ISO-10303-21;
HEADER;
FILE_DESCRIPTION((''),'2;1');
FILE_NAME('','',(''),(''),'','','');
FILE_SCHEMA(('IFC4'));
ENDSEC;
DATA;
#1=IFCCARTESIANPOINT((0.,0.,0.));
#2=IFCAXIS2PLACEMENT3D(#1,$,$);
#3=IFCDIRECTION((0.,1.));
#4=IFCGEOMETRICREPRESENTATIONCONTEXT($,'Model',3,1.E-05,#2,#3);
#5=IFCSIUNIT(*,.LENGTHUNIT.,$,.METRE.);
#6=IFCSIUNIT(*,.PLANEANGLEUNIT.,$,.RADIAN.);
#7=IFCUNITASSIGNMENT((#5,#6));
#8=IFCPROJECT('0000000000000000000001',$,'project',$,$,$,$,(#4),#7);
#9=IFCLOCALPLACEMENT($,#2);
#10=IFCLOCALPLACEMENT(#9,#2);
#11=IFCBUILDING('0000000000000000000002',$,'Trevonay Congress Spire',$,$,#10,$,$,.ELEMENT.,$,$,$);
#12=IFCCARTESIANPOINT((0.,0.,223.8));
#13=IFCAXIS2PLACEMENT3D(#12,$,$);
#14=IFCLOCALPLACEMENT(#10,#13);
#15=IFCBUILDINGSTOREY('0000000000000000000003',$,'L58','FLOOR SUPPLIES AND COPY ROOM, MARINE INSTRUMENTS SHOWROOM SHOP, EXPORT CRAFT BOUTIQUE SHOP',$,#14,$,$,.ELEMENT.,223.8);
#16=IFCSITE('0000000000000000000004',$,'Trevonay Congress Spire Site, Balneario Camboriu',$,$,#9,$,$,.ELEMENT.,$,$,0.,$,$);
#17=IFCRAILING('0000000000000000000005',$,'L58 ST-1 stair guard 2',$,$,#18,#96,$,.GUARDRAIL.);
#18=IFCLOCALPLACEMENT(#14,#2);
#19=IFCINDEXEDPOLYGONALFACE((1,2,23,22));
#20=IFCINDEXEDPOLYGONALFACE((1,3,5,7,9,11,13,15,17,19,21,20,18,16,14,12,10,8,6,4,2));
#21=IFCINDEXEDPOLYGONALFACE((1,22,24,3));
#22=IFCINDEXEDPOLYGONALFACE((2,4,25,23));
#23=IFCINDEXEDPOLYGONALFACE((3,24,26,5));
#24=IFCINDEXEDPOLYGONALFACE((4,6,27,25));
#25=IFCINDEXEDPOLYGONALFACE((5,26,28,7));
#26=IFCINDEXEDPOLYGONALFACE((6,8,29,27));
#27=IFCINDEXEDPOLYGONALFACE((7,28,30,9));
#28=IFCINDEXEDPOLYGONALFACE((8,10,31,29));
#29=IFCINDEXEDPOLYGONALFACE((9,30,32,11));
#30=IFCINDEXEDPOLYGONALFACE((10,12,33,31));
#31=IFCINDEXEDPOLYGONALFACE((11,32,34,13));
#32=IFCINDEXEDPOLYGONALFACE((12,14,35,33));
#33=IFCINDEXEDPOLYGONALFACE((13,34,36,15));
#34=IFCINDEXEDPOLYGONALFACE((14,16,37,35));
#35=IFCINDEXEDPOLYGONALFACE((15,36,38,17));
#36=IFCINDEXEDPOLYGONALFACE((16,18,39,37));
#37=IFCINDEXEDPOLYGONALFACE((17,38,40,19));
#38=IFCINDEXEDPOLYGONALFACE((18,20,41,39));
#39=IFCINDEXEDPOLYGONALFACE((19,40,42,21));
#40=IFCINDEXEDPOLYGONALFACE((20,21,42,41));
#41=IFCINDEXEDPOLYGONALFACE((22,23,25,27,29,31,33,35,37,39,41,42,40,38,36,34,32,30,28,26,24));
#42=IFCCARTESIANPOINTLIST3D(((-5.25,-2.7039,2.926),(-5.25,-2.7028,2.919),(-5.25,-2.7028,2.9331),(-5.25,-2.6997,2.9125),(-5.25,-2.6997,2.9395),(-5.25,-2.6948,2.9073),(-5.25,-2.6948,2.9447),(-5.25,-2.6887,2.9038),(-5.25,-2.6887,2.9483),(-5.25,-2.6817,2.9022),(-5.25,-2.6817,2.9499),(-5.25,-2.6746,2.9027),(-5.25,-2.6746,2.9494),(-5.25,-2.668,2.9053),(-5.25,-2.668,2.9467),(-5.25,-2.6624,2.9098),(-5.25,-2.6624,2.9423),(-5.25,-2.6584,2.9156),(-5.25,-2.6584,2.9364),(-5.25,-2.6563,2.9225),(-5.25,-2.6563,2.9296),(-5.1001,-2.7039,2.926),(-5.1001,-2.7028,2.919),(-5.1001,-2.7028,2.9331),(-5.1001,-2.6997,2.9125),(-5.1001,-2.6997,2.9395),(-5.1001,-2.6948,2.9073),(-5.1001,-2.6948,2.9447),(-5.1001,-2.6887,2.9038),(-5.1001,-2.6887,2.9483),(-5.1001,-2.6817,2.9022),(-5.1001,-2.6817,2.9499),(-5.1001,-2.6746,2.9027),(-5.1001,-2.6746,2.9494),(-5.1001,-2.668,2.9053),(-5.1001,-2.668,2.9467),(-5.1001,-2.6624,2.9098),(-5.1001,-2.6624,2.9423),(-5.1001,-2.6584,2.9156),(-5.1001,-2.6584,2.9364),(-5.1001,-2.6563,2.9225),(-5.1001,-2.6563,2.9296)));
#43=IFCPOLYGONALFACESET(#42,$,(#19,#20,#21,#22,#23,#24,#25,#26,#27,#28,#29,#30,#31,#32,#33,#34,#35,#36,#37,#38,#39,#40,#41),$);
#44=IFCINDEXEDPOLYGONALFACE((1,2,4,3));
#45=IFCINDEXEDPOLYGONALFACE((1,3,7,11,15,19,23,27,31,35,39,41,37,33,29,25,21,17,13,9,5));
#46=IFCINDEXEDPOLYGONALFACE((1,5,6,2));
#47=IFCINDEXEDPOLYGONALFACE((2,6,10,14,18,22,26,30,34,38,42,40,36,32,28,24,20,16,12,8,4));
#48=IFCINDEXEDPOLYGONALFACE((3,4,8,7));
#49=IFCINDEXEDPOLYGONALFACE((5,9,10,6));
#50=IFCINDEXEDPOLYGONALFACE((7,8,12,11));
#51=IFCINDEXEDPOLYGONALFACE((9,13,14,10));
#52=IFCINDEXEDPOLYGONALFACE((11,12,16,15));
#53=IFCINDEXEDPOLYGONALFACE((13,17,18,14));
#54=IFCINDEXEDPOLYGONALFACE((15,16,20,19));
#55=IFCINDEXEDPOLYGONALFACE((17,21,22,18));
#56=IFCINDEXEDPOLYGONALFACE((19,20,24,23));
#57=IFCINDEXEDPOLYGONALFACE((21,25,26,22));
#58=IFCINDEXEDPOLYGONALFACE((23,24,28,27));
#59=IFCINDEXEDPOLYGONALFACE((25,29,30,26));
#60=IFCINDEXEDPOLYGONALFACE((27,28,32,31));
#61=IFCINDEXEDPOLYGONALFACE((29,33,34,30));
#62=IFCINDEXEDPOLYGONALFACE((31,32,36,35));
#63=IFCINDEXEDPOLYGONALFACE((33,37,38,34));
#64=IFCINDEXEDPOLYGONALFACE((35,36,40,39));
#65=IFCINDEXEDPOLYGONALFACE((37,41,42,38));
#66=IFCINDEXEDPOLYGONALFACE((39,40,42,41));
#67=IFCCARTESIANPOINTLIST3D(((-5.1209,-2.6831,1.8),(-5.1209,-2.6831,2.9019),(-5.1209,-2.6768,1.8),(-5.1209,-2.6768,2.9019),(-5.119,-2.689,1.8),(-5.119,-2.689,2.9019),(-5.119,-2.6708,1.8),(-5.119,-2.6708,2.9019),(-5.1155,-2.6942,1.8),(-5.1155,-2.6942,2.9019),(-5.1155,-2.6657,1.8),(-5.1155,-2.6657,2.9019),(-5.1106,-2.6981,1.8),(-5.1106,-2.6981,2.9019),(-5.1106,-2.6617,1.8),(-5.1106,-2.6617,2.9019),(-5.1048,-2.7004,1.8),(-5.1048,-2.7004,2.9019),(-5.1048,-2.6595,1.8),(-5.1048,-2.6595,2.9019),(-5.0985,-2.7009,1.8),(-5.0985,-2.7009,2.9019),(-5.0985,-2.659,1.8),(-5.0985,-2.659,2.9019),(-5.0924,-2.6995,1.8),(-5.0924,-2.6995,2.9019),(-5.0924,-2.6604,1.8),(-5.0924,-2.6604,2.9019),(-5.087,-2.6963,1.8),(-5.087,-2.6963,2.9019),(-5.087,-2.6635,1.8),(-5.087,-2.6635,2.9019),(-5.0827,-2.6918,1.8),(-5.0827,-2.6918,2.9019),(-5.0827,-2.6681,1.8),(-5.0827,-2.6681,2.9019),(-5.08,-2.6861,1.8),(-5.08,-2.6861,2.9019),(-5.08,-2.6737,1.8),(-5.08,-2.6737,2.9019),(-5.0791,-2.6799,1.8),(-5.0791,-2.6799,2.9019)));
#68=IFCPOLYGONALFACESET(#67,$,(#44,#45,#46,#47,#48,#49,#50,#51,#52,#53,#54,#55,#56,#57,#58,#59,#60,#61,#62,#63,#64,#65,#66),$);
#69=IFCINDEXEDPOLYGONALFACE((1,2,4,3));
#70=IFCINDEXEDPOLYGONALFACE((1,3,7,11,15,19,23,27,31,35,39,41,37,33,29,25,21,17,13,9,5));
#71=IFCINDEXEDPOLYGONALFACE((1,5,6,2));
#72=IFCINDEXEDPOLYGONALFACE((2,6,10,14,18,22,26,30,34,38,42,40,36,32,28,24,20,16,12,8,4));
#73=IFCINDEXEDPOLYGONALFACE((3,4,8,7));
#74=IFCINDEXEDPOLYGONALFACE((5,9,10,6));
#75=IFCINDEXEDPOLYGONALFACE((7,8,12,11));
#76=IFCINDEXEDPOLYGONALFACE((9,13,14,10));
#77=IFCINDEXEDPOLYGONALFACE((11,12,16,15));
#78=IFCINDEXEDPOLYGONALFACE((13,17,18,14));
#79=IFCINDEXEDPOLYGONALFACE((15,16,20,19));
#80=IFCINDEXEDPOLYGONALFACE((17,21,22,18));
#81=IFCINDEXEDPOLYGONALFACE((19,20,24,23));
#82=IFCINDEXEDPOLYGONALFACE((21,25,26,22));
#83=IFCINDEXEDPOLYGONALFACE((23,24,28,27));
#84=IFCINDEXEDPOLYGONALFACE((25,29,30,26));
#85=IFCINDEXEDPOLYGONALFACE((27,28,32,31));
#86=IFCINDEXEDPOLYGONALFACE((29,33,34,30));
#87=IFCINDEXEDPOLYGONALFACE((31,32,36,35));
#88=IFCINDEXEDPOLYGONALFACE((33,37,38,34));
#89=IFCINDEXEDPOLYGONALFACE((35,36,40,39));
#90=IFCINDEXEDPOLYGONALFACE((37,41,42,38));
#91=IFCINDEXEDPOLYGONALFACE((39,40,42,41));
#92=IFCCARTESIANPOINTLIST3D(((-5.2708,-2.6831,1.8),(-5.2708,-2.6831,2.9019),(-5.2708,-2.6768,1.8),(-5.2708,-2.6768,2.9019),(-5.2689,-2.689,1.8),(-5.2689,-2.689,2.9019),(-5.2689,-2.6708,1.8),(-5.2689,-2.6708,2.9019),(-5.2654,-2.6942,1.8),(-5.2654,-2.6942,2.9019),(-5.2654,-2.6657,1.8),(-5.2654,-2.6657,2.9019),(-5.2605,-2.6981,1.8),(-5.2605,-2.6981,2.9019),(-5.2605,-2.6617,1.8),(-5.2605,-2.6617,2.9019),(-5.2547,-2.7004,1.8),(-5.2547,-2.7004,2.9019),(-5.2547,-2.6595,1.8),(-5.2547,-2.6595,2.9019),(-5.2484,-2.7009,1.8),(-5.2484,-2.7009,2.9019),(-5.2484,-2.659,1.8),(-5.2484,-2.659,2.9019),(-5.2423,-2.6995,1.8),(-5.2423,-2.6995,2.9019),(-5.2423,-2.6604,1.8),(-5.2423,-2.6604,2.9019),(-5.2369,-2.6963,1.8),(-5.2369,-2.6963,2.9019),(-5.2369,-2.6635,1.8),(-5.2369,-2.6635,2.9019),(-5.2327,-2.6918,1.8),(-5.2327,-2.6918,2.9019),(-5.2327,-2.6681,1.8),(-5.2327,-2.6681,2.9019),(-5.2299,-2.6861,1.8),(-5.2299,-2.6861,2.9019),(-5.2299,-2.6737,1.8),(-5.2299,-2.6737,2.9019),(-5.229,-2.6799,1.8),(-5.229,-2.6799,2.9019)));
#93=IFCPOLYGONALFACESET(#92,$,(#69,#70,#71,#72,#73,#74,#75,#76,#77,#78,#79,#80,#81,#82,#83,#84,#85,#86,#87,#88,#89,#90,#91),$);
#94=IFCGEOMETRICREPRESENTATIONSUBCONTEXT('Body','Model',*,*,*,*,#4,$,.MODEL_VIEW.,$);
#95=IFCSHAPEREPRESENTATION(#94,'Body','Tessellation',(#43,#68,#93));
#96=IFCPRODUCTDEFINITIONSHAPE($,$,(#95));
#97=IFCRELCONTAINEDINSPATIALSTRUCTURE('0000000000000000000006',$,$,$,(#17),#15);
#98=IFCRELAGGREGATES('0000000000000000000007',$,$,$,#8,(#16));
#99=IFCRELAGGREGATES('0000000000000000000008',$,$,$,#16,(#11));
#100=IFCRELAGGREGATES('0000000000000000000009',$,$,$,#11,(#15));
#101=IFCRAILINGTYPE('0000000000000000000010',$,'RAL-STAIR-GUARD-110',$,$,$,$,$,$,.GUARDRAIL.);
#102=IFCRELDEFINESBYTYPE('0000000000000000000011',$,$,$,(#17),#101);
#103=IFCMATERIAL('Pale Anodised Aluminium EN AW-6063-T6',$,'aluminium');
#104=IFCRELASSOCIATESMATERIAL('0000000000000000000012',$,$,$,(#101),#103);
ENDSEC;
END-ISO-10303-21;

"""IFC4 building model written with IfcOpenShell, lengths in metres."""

from ifc_helpers import new_model, si_unit, direction, frame, origin, origin_2d, place, context, subcontext, project, spatial, circle, extrude, material, type_object, element, save


model = new_model("IFC4")

# Units and contexts
model_context = context("Model", 3, precision=1e-05, world=origin(), true_north=direction((0.0, 1.0)))
body_context = subcontext(model_context, "Body", "Model", "MODEL_VIEW")
ifc_project = project(units=[si_unit("LENGTHUNIT", "METRE"), si_unit("PLANEANGLEUNIT", "RADIAN")], contexts=[model_context])

# Site, building, storey
site_placement = place(None, origin())
site = spatial("IfcSite", under=ifc_project, at=site_placement, Name="Trevonay Congress Spire Site, Balneario Camboriu", CompositionType="ELEMENT", RefElevation=0.0)
building_placement = place(site_placement, origin())
building = spatial("IfcBuilding", under=site, at=building_placement, Name="Trevonay Congress Spire", CompositionType="ELEMENT")
storey_placement = place(building_placement, frame((0.0, 0.0, 223.8)))
storey = spatial("IfcBuildingStorey", under=building, at=storey_placement, Name="L58", Description="FLOOR SUPPLIES AND COPY ROOM, MARINE INSTRUMENTS SHOWROOM SHOP, EXPORT CRAFT BOUTIQUE SHOP", CompositionType="ELEMENT", Elevation=223.8)

# Railing
ifc_material_1 = material(Name="Pale Anodised Aluminium EN AW-6063-T6", Category="aluminium")
railing_type_1 = type_object("IfcRailingType", Name="RAL-STAIR-GUARD-110", PredefinedType="GUARDRAIL", material=ifc_material_1)
railing_1_placement = place(storey_placement, frame((-5.1001, -2.6799, 1.8)))
element("IfcRailing", 1, at=railing_1_placement, inside=storey, type_object=railing_type_1, Name="L58 ST-1 stair guard 2", PredefinedType="GUARDRAIL", context=body_context, shape_type="SweptSolid", body=[
    extrude(circle(Radius=0.0239, at=origin_2d()), frame((0.0, 0.0, 1.126), z_axis=(-1.0, 0.0, 0.0), x_axis=(0.0, -1.0, 0.0)), (0.0, 0.0, 1.0), 0.1499),
    extrude(circle(Radius=0.021, at=origin_2d()), origin(), (0.0, 0.0, 1.0), 1.1018),
    extrude(circle(Radius=0.021, at=origin_2d()), frame((-0.1499, 0.0, 0.0)), (0.0, 0.0, 1.0), 1.1018),
])

save(model, "model.ifc")
